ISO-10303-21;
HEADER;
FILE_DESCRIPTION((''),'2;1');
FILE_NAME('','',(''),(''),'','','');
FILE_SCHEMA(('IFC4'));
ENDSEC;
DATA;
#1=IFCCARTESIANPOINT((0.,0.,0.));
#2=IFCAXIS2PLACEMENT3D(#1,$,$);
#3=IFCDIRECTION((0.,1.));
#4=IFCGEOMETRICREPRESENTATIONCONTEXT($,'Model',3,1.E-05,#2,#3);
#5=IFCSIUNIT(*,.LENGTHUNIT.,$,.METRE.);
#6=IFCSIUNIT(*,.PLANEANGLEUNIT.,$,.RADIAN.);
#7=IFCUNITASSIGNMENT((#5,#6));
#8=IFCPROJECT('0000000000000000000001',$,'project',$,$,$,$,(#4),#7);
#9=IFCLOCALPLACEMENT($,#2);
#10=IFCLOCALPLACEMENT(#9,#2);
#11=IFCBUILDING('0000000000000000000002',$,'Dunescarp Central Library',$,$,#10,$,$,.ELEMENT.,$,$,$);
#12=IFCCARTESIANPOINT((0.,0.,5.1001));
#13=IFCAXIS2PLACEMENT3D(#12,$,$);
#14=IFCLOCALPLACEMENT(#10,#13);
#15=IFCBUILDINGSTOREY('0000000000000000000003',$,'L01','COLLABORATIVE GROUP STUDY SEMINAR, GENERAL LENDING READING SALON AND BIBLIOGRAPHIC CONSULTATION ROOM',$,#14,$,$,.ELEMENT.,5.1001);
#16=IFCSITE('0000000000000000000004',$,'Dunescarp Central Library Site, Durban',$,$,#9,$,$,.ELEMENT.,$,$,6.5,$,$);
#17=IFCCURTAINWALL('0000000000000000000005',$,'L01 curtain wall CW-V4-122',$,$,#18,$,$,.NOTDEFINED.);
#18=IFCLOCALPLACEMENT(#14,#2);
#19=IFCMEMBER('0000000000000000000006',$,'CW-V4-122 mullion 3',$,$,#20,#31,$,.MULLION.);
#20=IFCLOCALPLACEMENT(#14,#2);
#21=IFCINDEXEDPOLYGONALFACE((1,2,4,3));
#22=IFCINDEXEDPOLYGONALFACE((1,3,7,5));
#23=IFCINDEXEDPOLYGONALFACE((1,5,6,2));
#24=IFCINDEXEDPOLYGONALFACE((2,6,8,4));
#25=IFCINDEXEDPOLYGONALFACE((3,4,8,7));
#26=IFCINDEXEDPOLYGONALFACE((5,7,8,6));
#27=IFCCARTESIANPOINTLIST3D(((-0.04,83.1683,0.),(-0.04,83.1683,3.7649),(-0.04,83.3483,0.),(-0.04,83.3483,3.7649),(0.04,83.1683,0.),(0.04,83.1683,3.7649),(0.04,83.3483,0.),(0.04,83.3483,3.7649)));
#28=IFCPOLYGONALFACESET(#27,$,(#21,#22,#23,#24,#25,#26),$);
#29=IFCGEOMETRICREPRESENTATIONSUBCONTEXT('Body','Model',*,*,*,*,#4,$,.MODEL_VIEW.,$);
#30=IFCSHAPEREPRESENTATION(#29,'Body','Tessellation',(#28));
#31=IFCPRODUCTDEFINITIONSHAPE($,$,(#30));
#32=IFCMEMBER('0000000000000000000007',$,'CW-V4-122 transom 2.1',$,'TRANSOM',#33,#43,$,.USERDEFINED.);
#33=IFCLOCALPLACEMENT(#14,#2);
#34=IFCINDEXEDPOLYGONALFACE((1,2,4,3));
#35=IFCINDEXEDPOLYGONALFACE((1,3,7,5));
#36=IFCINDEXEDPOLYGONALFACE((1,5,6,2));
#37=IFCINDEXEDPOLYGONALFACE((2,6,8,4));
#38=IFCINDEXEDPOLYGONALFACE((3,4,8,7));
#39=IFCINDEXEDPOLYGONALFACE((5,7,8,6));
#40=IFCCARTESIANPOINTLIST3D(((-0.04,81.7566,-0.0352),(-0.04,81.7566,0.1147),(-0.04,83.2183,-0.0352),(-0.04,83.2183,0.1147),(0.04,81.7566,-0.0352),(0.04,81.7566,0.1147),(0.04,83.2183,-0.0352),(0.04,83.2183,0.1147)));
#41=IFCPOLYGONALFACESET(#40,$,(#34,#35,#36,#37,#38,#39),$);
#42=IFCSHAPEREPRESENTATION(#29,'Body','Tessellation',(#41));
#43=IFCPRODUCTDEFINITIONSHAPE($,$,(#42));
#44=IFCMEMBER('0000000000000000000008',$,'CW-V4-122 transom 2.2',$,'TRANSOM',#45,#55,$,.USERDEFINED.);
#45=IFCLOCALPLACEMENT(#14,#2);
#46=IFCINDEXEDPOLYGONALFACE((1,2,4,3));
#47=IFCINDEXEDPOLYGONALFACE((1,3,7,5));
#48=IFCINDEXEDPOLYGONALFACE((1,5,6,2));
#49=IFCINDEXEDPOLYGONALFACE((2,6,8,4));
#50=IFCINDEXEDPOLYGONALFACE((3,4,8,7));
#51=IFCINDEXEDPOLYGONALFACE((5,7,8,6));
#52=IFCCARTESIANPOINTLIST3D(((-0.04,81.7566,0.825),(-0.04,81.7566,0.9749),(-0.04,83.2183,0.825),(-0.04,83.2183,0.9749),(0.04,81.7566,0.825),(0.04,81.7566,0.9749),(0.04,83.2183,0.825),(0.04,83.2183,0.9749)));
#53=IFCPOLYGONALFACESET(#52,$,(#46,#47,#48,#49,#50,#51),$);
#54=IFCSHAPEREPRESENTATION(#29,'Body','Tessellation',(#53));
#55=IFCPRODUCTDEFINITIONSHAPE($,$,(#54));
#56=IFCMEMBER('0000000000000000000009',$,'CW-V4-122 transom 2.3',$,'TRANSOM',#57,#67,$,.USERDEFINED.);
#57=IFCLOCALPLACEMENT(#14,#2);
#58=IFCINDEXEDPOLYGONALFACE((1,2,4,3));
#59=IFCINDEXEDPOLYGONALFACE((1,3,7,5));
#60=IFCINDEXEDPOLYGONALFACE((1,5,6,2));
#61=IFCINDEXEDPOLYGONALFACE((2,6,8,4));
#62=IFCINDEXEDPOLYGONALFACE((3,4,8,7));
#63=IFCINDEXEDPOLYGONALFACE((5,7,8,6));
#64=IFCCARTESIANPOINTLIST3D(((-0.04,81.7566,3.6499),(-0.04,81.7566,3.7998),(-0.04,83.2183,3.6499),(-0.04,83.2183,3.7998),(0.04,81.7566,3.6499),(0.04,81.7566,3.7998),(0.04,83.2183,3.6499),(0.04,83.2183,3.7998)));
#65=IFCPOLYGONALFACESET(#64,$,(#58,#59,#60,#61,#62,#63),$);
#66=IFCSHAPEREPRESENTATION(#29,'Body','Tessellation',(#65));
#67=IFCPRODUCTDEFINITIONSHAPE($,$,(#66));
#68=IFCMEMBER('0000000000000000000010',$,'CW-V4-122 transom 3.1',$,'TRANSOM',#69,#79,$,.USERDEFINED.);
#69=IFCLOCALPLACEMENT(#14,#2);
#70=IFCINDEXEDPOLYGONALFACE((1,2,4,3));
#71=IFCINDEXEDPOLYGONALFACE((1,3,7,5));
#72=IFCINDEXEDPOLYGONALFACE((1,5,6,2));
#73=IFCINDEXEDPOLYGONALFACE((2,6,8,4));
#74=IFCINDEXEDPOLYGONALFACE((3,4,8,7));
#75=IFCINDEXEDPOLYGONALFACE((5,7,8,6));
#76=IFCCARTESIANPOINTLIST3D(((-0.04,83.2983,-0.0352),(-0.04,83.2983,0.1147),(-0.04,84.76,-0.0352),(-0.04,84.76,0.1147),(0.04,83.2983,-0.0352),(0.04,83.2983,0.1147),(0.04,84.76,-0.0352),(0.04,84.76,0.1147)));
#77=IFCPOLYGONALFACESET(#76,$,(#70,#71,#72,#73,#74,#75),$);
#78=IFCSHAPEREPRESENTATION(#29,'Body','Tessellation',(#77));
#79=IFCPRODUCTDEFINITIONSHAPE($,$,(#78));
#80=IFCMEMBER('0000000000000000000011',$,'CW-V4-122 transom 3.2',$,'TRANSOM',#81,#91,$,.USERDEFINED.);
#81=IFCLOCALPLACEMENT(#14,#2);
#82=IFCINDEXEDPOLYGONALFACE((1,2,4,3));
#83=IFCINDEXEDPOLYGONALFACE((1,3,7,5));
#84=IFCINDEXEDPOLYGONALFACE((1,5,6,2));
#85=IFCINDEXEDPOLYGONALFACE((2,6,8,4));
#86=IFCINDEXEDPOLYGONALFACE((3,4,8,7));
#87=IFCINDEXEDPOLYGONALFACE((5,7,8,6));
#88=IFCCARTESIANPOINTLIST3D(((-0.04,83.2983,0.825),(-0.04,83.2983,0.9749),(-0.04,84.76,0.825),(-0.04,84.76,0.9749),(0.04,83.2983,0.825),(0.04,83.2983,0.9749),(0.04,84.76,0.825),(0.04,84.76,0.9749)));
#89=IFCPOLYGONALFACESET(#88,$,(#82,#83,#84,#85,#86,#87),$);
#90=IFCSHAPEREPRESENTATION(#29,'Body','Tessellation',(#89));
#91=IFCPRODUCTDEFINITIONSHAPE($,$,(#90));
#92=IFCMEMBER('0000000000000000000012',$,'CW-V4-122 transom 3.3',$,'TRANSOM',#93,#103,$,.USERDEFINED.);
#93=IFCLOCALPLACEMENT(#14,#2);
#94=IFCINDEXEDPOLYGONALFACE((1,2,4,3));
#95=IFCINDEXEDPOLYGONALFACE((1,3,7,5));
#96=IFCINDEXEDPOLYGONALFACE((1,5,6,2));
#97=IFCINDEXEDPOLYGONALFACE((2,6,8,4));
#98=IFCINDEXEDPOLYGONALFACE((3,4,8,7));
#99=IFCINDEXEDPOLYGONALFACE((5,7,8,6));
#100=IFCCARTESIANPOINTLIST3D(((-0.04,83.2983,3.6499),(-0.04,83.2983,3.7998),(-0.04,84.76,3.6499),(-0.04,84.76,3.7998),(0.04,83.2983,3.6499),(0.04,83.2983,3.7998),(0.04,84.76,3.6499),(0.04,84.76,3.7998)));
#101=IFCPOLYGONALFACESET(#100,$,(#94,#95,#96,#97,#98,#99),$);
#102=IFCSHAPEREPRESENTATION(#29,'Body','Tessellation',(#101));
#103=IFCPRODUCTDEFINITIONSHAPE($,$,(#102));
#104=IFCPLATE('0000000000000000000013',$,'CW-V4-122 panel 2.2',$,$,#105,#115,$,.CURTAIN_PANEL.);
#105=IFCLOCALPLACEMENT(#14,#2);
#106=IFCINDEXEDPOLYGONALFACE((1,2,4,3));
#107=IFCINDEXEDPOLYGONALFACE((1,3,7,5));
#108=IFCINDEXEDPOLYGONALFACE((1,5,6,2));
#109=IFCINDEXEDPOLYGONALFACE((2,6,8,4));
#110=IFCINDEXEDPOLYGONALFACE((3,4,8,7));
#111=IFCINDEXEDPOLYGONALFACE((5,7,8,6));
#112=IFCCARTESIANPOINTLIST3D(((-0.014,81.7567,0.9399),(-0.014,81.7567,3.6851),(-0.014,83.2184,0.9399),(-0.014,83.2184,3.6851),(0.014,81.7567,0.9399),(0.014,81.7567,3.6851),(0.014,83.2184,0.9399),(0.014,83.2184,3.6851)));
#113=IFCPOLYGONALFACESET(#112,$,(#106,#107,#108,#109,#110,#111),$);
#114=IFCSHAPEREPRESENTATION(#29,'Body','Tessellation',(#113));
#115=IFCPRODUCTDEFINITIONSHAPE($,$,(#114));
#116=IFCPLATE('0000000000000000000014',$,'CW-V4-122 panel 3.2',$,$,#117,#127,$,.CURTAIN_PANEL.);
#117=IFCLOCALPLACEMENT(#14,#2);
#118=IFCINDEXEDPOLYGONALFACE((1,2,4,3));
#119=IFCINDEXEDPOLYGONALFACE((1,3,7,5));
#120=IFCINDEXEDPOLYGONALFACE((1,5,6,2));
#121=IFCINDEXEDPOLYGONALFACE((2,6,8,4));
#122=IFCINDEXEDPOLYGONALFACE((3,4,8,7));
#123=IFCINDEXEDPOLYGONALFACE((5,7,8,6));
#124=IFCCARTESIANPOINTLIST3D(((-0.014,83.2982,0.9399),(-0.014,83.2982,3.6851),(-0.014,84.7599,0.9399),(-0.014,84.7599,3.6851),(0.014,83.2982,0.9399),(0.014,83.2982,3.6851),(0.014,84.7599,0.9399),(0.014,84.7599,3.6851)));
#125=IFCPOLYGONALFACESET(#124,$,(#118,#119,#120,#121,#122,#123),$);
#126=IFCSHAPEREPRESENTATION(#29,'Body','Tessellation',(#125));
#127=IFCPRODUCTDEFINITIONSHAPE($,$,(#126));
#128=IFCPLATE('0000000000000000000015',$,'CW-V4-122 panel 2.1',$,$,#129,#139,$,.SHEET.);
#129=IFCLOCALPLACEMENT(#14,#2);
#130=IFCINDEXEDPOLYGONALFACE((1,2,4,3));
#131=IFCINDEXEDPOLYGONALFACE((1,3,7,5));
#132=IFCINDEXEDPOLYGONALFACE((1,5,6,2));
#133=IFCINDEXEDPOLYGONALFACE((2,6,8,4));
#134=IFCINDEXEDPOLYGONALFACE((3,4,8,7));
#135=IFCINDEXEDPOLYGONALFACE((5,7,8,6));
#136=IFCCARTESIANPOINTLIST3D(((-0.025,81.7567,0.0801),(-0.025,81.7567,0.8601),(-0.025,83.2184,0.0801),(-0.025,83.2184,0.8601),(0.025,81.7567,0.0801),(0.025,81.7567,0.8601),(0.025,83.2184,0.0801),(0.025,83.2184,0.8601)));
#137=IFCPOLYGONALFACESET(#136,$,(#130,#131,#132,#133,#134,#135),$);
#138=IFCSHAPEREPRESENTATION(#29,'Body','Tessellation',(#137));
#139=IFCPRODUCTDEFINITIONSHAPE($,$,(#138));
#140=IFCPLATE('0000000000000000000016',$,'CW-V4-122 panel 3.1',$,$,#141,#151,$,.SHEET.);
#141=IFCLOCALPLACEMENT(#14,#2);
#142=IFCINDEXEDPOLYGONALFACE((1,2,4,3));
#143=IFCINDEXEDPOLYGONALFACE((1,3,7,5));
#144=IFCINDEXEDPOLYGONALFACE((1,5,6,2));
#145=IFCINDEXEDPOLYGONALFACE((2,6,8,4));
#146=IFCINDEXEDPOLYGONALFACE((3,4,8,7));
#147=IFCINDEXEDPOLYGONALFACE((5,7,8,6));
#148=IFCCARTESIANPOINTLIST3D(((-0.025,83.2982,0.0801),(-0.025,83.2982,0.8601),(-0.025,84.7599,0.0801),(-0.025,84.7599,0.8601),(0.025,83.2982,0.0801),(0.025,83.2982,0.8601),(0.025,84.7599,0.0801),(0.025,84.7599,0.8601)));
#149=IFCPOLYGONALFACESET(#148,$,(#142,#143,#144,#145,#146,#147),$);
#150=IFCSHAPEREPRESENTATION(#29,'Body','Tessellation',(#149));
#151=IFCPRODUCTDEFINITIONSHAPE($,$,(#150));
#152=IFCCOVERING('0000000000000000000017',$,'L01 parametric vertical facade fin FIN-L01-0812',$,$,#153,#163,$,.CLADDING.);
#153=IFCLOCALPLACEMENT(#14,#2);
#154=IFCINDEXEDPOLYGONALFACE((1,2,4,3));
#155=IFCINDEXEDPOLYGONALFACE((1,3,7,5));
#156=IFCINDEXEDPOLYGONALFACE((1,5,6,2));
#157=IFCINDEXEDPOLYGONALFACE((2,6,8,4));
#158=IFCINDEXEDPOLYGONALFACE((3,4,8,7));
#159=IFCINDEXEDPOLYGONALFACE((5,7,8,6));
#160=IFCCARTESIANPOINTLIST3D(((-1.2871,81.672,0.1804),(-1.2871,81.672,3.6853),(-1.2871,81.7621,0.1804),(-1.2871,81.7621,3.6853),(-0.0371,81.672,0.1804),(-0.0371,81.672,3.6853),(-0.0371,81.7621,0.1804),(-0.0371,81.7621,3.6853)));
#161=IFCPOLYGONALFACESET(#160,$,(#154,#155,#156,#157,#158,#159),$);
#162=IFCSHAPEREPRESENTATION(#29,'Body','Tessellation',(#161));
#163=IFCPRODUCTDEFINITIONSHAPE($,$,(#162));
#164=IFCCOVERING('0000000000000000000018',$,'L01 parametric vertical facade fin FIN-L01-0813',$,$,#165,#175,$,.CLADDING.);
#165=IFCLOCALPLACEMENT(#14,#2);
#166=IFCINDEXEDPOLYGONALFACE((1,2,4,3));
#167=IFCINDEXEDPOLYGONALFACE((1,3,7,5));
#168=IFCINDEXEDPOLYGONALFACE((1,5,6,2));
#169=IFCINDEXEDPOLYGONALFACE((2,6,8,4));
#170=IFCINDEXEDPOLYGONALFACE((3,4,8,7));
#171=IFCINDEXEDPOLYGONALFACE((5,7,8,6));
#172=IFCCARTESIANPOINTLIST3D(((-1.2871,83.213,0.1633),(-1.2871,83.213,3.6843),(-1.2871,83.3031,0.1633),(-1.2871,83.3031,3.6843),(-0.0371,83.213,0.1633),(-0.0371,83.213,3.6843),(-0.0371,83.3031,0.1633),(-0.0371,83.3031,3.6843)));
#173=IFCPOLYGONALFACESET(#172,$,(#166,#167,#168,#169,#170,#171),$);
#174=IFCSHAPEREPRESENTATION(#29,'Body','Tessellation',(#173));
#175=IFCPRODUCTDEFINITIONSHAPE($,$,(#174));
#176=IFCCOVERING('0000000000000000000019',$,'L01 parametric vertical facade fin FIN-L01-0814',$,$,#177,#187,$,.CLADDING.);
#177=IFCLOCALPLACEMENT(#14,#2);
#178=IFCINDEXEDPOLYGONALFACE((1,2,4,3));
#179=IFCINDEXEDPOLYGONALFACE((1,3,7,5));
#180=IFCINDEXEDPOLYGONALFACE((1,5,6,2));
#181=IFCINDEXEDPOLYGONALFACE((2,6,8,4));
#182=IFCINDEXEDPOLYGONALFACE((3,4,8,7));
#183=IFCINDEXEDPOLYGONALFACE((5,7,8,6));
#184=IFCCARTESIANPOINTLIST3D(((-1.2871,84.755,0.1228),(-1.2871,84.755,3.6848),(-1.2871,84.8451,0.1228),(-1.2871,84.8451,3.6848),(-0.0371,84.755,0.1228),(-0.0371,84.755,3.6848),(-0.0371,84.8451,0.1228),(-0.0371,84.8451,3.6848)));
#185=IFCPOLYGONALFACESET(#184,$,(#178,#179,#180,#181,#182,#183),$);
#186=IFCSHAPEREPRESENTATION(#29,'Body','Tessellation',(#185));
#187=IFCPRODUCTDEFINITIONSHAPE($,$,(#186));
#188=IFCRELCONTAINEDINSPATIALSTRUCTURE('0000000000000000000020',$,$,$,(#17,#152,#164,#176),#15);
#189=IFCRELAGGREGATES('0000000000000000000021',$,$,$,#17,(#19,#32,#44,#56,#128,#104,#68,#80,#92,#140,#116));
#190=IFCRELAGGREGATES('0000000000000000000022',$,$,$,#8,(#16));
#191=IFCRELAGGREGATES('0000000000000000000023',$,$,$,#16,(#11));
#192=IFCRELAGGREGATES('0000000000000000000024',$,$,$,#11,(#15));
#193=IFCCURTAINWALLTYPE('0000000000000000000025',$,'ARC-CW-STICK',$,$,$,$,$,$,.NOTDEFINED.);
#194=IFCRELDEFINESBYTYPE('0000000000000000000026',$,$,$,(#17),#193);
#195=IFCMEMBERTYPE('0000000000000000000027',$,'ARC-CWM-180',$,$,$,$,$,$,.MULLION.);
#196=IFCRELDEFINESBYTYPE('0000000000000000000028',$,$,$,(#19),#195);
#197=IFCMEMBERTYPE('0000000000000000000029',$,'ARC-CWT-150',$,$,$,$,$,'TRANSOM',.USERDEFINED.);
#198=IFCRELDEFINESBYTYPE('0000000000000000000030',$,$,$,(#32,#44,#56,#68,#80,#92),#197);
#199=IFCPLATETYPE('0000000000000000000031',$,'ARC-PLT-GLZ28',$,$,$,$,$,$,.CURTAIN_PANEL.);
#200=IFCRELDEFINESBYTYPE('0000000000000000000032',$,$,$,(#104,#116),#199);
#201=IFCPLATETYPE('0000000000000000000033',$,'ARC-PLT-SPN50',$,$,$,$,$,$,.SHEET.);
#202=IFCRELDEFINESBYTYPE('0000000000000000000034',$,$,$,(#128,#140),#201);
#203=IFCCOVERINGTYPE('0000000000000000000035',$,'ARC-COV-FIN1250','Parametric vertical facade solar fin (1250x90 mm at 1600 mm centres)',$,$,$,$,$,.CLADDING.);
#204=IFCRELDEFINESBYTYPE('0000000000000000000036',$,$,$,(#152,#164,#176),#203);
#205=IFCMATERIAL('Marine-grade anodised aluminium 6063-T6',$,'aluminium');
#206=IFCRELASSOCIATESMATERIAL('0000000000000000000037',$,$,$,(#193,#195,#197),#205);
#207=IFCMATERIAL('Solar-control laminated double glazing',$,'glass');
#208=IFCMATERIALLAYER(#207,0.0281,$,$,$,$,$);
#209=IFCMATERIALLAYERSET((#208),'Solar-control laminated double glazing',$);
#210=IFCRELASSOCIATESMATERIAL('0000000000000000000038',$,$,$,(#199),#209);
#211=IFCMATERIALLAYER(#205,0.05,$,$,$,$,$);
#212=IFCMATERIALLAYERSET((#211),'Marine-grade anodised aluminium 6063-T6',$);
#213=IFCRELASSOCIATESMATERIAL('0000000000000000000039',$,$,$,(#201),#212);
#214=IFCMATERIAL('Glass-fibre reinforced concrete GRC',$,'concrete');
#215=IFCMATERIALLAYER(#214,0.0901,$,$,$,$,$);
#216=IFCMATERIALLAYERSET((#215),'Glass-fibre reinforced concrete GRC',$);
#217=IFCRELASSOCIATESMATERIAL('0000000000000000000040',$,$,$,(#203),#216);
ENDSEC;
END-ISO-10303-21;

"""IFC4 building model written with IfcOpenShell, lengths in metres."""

from ifc_helpers import new_model, si_unit, direction, frame, origin, origin_2d, place, context, subcontext, project, spatial, rectangle, extrude, material, layer, layer_set, material_profile, profile_set, type_object, element, aggregate, save


model = new_model("IFC4")

# Units and contexts
model_context = context("Model", 3, precision=1e-05, world=origin(), true_north=direction((0.0, 1.0)))
body_context = subcontext(model_context, "Body", "Model", "MODEL_VIEW")
ifc_project = project(units=[si_unit("LENGTHUNIT", "METRE"), si_unit("PLANEANGLEUNIT", "RADIAN")], contexts=[model_context])

# Site, building, storey
site_placement = place(None, origin())
site = spatial("IfcSite", under=ifc_project, at=site_placement, Name="Dunescarp Central Library Site, Durban", CompositionType="ELEMENT", RefElevation=6.5)
building_placement = place(site_placement, origin())
building = spatial("IfcBuilding", under=site, at=building_placement, Name="Dunescarp Central Library", CompositionType="ELEMENT")
storey_placement = place(building_placement, frame((0.0, 0.0, 5.1001)))
storey = spatial("IfcBuildingStorey", under=building, at=storey_placement, Name="L01", Description="COLLABORATIVE GROUP STUDY SEMINAR, GENERAL LENDING READING SALON AND BIBLIOGRAPHIC CONSULTATION ROOM", CompositionType="ELEMENT", Elevation=5.1001)

# Curtain wall, members, plates
ifc_material_1 = material(Name="Marine-grade anodised aluminium 6063-T6", Category="aluminium")
curtain_wall_type = type_object("IfcCurtainWallType", Name="ARC-CW-STICK", PredefinedType="NOTDEFINED", material=ifc_material_1)
curtain_wall_placement = place(storey_placement, origin())
curtain_wall = element("IfcCurtainWall", 1, at=curtain_wall_placement, inside=storey, type_object=curtain_wall_type, Name="L01 curtain wall CW-V4-122", PredefinedType="NOTDEFINED")
ifc_material_profile_1 = material_profile(ifc_material_1, rectangle(XDim=0.0801, YDim=0.1799, at=origin_2d()), Name="AL 80x180")
ifc_profile_set_1 = profile_set([ifc_material_profile_1], Name="Marine-grade anodised aluminium 6063-T6")
member_type_1 = type_object("IfcMemberType", Name="ARC-CWM-180", PredefinedType="MULLION", material=ifc_profile_set_1)
member_1_placement = place(storey_placement, frame((0.0, 83.2583, 0.0), z_axis=(0.0, 0.0, 1.0), x_axis=(-1.0, 0.0, 0.0)))
member_1 = element("IfcMember", 2, at=member_1_placement, type_object=member_type_1, Name="CW-V4-122 mullion 3", PredefinedType="MULLION", context=body_context, shape_type="SweptSolid", body=[
    extrude(rectangle(XDim=0.0801, YDim=0.1799, at=origin_2d()), origin(), (0.0, 0.0, 1.0), 3.7649),
])
ifc_material_profile_2 = material_profile(ifc_material_1, rectangle(XDim=0.0801, YDim=0.1499, at=origin_2d()), Name="AL 80x150")
ifc_profile_set_2 = profile_set([ifc_material_profile_2], Name="Marine-grade anodised aluminium 6063-T6")
member_type_2 = type_object("IfcMemberType", Name="ARC-CWT-150", ElementType="TRANSOM", PredefinedType="USERDEFINED", material=ifc_profile_set_2)
member_2_placement = place(storey_placement, frame((0.0, 81.7566, 0.0398), z_axis=(0.0, 1.0, 0.0), x_axis=(-1.0, 0.0, 0.0)))
member_2 = element("IfcMember", 3, at=member_2_placement, type_object=member_type_2, Name="CW-V4-122 transom 2.1", ObjectType="TRANSOM", PredefinedType="USERDEFINED", context=body_context, shape_type="SweptSolid", body=[
    extrude(rectangle(XDim=0.0801, YDim=0.1499, at=origin_2d()), origin(), (0.0, 0.0, 1.0), 1.4617),
])
member_3_placement = place(storey_placement, frame((0.0, 81.7566, 0.8999), z_axis=(0.0, 1.0, 0.0), x_axis=(-1.0, 0.0, 0.0)))
member_3 = element("IfcMember", 4, at=member_3_placement, type_object=member_type_2, Name="CW-V4-122 transom 2.2", ObjectType="TRANSOM", PredefinedType="USERDEFINED", context=body_context, shape_type="SweptSolid", body=[
    extrude(rectangle(XDim=0.0801, YDim=0.1499, at=origin_2d()), origin(), (0.0, 0.0, 1.0), 1.4617),
])
member_4_placement = place(storey_placement, frame((0.0, 81.7566, 3.7249), z_axis=(0.0, 1.0, 0.0), x_axis=(-1.0, 0.0, 0.0)))
member_4 = element("IfcMember", 5, at=member_4_placement, type_object=member_type_2, Name="CW-V4-122 transom 2.3", ObjectType="TRANSOM", PredefinedType="USERDEFINED", context=body_context, shape_type="SweptSolid", body=[
    extrude(rectangle(XDim=0.0801, YDim=0.1499, at=origin_2d()), origin(), (0.0, 0.0, 1.0), 1.4617),
])
member_5_placement = place(storey_placement, frame((0.0, 83.2983, 0.0398), z_axis=(0.0, 1.0, 0.0), x_axis=(-1.0, 0.0, 0.0)))
member_5 = element("IfcMember", 6, at=member_5_placement, type_object=member_type_2, Name="CW-V4-122 transom 3.1", ObjectType="TRANSOM", PredefinedType="USERDEFINED", context=body_context, shape_type="SweptSolid", body=[
    extrude(rectangle(XDim=0.0801, YDim=0.1499, at=origin_2d()), origin(), (0.0, 0.0, 1.0), 1.4617),
])
member_6_placement = place(storey_placement, frame((0.0, 83.2983, 0.8999), z_axis=(0.0, 1.0, 0.0), x_axis=(-1.0, 0.0, 0.0)))
member_6 = element("IfcMember", 7, at=member_6_placement, type_object=member_type_2, Name="CW-V4-122 transom 3.2", ObjectType="TRANSOM", PredefinedType="USERDEFINED", context=body_context, shape_type="SweptSolid", body=[
    extrude(rectangle(XDim=0.0801, YDim=0.1499, at=origin_2d()), origin(), (0.0, 0.0, 1.0), 1.4617),
])
member_7_placement = place(storey_placement, frame((0.0, 83.2983, 3.7249), z_axis=(0.0, 1.0, 0.0), x_axis=(-1.0, 0.0, 0.0)))
member_7 = element("IfcMember", 8, at=member_7_placement, type_object=member_type_2, Name="CW-V4-122 transom 3.3", ObjectType="TRANSOM", PredefinedType="USERDEFINED", context=body_context, shape_type="SweptSolid", body=[
    extrude(rectangle(XDim=0.0801, YDim=0.1499, at=origin_2d()), origin(), (0.0, 0.0, 1.0), 1.4617),
])
ifc_material_2 = material(Name="Solar-control laminated double glazing", Category="glass")
ifc_layer_1 = layer(ifc_material_2, 0.0281)
ifc_layer_set_1 = layer_set([ifc_layer_1], Name="Solar-control laminated double glazing")
plate_type_1 = type_object("IfcPlateType", Name="ARC-PLT-GLZ28", PredefinedType="CURTAIN_PANEL", material=ifc_layer_set_1)
plate_1_placement = place(storey_placement, frame((0.0, 82.4875, 0.9399), z_axis=(0.0, 0.0, 1.0), x_axis=(0.0, 1.0, 0.0)))
plate_1 = element("IfcPlate", 9, at=plate_1_placement, type_object=plate_type_1, Name="CW-V4-122 panel 2.2", PredefinedType="CURTAIN_PANEL", context=body_context, shape_type="SweptSolid", body=[
    extrude(rectangle(XDim=1.4617, YDim=0.0281, at=origin_2d()), origin(), (0.0, 0.0, 1.0), 2.7451),
])
plate_2_placement = place(storey_placement, frame((0.0, 84.0291, 0.9399), z_axis=(0.0, 0.0, 1.0), x_axis=(0.0, 1.0, 0.0)))
plate_2 = element("IfcPlate", 10, at=plate_2_placement, type_object=plate_type_1, Name="CW-V4-122 panel 3.2", PredefinedType="CURTAIN_PANEL", context=body_context, shape_type="SweptSolid", body=[
    extrude(rectangle(XDim=1.4617, YDim=0.0281, at=origin_2d()), origin(), (0.0, 0.0, 1.0), 2.7451),
])
ifc_layer_2 = layer(ifc_material_1, 0.05)
ifc_layer_set_2 = layer_set([ifc_layer_2], Name="Marine-grade anodised aluminium 6063-T6")
plate_type_2 = type_object("IfcPlateType", Name="ARC-PLT-SPN50", PredefinedType="SHEET", material=ifc_layer_set_2)
plate_3_placement = place(storey_placement, frame((0.0, 82.4875, 0.0801), z_axis=(0.0, 0.0, 1.0), x_axis=(0.0, 1.0, 0.0)))
plate_3 = element("IfcPlate", 11, at=plate_3_placement, type_object=plate_type_2, Name="CW-V4-122 panel 2.1", PredefinedType="SHEET", context=body_context, shape_type="SweptSolid", body=[
    extrude(rectangle(XDim=1.4617, YDim=0.05, at=origin_2d()), origin(), (0.0, 0.0, 1.0), 0.78),
])
plate_4_placement = place(storey_placement, frame((0.0, 84.0291, 0.0801), z_axis=(0.0, 0.0, 1.0), x_axis=(0.0, 1.0, 0.0)))
plate_4 = element("IfcPlate", 12, at=plate_4_placement, type_object=plate_type_2, Name="CW-V4-122 panel 3.1", PredefinedType="SHEET", context=body_context, shape_type="SweptSolid", body=[
    extrude(rectangle(XDim=1.4617, YDim=0.05, at=origin_2d()), origin(), (0.0, 0.0, 1.0), 0.78),
])
aggregate(curtain_wall, [member_1, member_2, member_3, member_4, plate_3, plate_1, member_5, member_6, member_7, plate_4, plate_2])

# Coverings
ifc_material_3 = material(Name="Glass-fibre reinforced concrete GRC", Category="concrete")
ifc_layer_3 = layer(ifc_material_3, 0.0901)
ifc_layer_set_3 = layer_set([ifc_layer_3], Name="Glass-fibre reinforced concrete GRC")
covering_type_1 = type_object("IfcCoveringType", Name="ARC-COV-FIN1250", Description="Parametric vertical facade solar fin (1250x90 mm at 1600 mm centres)", PredefinedType="CLADDING", material=ifc_layer_set_3)
covering_1_placement = place(storey_placement, frame((-0.6621, 81.717, 0.1804), z_axis=(0.0, 0.0, 1.0), x_axis=(-1.0, 0.0, 0.0)))
element("IfcCovering", 13, at=covering_1_placement, inside=storey, type_object=covering_type_1, Name="L01 parametric vertical facade fin FIN-L01-0812", PredefinedType="CLADDING", context=body_context, shape_type="SweptSolid", body=[
    extrude(rectangle(XDim=1.25, YDim=0.0901, at=origin_2d()), origin(), (0.0, 0.0, 1.0), 3.5049),
])
covering_2_placement = place(storey_placement, frame((-0.6621, 83.2581, 0.1633), z_axis=(0.0, 0.0, 1.0), x_axis=(-1.0, 0.0, 0.0)))
element("IfcCovering", 14, at=covering_2_placement, inside=storey, type_object=covering_type_1, Name="L01 parametric vertical facade fin FIN-L01-0813", PredefinedType="CLADDING", context=body_context, shape_type="SweptSolid", body=[
    extrude(rectangle(XDim=1.25, YDim=0.0901, at=origin_2d()), origin(), (0.0, 0.0, 1.0), 3.521),
])
covering_3_placement = place(storey_placement, frame((-0.6621, 84.8, 0.1228), z_axis=(0.0, 0.0, 1.0), x_axis=(-1.0, 0.0, 0.0)))
element("IfcCovering", 15, at=covering_3_placement, inside=storey, type_object=covering_type_1, Name="L01 parametric vertical facade fin FIN-L01-0814", PredefinedType="CLADDING", context=body_context, shape_type="SweptSolid", body=[
    extrude(rectangle(XDim=1.25, YDim=0.0901, at=origin_2d()), origin(), (0.0, 0.0, 1.0), 3.562),
])

save(model, "model.ifc")
